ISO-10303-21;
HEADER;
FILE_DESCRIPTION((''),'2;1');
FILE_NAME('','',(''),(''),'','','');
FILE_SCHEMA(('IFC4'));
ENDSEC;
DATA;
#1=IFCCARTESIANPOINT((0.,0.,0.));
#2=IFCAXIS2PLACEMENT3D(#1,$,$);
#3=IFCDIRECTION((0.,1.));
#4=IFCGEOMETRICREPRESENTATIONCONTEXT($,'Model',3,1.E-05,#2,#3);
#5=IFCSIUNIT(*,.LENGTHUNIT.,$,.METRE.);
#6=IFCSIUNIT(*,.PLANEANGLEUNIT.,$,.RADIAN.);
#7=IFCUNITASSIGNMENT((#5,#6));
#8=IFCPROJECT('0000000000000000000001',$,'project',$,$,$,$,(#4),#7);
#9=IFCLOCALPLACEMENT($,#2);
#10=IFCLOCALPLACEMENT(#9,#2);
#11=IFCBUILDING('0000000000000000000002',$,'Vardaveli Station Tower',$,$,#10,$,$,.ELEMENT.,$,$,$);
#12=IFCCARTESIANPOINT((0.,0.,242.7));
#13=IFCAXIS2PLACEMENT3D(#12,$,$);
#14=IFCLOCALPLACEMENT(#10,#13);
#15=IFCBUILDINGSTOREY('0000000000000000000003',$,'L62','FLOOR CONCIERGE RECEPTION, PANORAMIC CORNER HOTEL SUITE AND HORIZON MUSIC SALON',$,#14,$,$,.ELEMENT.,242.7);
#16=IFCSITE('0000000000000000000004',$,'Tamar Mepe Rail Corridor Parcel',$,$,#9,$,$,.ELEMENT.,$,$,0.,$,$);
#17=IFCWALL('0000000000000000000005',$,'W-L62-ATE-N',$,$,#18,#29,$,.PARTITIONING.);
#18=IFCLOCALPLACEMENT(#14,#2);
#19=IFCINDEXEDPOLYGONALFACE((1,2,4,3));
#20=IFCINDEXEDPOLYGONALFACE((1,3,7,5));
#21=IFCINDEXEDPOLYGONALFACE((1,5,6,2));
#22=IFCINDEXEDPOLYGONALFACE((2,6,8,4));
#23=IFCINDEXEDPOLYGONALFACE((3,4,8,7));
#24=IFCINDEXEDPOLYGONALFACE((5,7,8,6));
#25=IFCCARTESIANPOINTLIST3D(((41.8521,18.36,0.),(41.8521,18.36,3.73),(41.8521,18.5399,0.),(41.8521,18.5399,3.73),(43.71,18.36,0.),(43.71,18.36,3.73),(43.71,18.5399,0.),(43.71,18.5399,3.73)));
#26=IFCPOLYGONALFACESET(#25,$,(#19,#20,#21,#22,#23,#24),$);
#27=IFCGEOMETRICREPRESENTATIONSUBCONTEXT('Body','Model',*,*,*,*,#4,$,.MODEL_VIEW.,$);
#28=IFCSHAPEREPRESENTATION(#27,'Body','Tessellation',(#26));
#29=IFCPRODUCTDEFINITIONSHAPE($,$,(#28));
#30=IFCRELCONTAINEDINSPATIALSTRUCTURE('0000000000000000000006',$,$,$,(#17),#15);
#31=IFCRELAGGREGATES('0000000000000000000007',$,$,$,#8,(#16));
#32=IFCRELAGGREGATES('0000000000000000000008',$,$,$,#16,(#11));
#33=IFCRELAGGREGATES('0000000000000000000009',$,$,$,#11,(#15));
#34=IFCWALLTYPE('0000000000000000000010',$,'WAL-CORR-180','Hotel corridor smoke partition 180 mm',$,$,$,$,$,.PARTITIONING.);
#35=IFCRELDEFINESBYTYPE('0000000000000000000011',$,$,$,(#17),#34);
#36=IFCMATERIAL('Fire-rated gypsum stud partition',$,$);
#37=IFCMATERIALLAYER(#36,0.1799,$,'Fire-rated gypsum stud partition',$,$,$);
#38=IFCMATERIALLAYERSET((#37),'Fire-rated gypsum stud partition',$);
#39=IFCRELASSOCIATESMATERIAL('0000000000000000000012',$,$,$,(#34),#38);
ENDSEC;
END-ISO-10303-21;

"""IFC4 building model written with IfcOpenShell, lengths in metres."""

from ifc_helpers import new_model, si_unit, direction, frame, frame_2d, origin, place, context, subcontext, project, spatial, rectangle, extrude, source, transform, mapped, material, layer, layer_set, type_object, element, save


model = new_model("IFC4")

# Units and contexts
model_context = context("Model", 3, precision=1e-05, world=origin(), true_north=direction((0.0, 1.0)))
body_context = subcontext(model_context, "Body", "Model", "MODEL_VIEW")
ifc_project = project(units=[si_unit("LENGTHUNIT", "METRE"), si_unit("PLANEANGLEUNIT", "RADIAN")], contexts=[model_context])

# Site, building, storey
site_placement = place(None, origin())
site = spatial("IfcSite", under=ifc_project, at=site_placement, Name="Tamar Mepe Rail Corridor Parcel", CompositionType="ELEMENT", RefElevation=0.0)
building_placement = place(site_placement, origin())
building = spatial("IfcBuilding", under=site, at=building_placement, Name="Vardaveli Station Tower", CompositionType="ELEMENT")
storey_placement = place(building_placement, frame((0.0, 0.0, 242.7)))
storey = spatial("IfcBuildingStorey", under=building, at=storey_placement, Name="L62", Description="FLOOR CONCIERGE RECEPTION, PANORAMIC CORNER HOTEL SUITE AND HORIZON MUSIC SALON", CompositionType="ELEMENT", Elevation=242.7)

# Wall
ifc_material_1 = material(Name="Fire-rated gypsum stud partition")
ifc_layer_1 = layer(ifc_material_1, 0.1799, Name="Fire-rated gypsum stud partition")
ifc_layer_set_1 = layer_set([ifc_layer_1], Name="Fire-rated gypsum stud partition")
wall_type_1 = type_object("IfcWallType", Name="WAL-CORR-180", Description="Hotel corridor smoke partition 180 mm", PredefinedType="PARTITIONING", material=ifc_layer_set_1)
shared_shape_1 = source(origin(), body_context, "Body", "SweptSolid", [
    extrude(rectangle(XDim=1.8579, YDim=0.1799, at=frame_2d((0.929, 0.0))), origin(), (0.0, 0.0, 1.0), 3.73),
])
wall_1_placement = place(storey_placement, frame((41.8521, 18.45, 0.0), z_axis=(0.0, 0.0, 1.0), x_axis=(1.0, 0.0, 0.0)))
element("IfcWall", 1, at=wall_1_placement, inside=storey, type_object=wall_type_1, Name="W-L62-ATE-N", PredefinedType="PARTITIONING", context=body_context, shape_type="MappedRepresentation", body=[
    mapped(shared_shape_1, transform((0.0, 0.0, 0.0), scale=1.0)),
])

save(model, "model.ifc")
